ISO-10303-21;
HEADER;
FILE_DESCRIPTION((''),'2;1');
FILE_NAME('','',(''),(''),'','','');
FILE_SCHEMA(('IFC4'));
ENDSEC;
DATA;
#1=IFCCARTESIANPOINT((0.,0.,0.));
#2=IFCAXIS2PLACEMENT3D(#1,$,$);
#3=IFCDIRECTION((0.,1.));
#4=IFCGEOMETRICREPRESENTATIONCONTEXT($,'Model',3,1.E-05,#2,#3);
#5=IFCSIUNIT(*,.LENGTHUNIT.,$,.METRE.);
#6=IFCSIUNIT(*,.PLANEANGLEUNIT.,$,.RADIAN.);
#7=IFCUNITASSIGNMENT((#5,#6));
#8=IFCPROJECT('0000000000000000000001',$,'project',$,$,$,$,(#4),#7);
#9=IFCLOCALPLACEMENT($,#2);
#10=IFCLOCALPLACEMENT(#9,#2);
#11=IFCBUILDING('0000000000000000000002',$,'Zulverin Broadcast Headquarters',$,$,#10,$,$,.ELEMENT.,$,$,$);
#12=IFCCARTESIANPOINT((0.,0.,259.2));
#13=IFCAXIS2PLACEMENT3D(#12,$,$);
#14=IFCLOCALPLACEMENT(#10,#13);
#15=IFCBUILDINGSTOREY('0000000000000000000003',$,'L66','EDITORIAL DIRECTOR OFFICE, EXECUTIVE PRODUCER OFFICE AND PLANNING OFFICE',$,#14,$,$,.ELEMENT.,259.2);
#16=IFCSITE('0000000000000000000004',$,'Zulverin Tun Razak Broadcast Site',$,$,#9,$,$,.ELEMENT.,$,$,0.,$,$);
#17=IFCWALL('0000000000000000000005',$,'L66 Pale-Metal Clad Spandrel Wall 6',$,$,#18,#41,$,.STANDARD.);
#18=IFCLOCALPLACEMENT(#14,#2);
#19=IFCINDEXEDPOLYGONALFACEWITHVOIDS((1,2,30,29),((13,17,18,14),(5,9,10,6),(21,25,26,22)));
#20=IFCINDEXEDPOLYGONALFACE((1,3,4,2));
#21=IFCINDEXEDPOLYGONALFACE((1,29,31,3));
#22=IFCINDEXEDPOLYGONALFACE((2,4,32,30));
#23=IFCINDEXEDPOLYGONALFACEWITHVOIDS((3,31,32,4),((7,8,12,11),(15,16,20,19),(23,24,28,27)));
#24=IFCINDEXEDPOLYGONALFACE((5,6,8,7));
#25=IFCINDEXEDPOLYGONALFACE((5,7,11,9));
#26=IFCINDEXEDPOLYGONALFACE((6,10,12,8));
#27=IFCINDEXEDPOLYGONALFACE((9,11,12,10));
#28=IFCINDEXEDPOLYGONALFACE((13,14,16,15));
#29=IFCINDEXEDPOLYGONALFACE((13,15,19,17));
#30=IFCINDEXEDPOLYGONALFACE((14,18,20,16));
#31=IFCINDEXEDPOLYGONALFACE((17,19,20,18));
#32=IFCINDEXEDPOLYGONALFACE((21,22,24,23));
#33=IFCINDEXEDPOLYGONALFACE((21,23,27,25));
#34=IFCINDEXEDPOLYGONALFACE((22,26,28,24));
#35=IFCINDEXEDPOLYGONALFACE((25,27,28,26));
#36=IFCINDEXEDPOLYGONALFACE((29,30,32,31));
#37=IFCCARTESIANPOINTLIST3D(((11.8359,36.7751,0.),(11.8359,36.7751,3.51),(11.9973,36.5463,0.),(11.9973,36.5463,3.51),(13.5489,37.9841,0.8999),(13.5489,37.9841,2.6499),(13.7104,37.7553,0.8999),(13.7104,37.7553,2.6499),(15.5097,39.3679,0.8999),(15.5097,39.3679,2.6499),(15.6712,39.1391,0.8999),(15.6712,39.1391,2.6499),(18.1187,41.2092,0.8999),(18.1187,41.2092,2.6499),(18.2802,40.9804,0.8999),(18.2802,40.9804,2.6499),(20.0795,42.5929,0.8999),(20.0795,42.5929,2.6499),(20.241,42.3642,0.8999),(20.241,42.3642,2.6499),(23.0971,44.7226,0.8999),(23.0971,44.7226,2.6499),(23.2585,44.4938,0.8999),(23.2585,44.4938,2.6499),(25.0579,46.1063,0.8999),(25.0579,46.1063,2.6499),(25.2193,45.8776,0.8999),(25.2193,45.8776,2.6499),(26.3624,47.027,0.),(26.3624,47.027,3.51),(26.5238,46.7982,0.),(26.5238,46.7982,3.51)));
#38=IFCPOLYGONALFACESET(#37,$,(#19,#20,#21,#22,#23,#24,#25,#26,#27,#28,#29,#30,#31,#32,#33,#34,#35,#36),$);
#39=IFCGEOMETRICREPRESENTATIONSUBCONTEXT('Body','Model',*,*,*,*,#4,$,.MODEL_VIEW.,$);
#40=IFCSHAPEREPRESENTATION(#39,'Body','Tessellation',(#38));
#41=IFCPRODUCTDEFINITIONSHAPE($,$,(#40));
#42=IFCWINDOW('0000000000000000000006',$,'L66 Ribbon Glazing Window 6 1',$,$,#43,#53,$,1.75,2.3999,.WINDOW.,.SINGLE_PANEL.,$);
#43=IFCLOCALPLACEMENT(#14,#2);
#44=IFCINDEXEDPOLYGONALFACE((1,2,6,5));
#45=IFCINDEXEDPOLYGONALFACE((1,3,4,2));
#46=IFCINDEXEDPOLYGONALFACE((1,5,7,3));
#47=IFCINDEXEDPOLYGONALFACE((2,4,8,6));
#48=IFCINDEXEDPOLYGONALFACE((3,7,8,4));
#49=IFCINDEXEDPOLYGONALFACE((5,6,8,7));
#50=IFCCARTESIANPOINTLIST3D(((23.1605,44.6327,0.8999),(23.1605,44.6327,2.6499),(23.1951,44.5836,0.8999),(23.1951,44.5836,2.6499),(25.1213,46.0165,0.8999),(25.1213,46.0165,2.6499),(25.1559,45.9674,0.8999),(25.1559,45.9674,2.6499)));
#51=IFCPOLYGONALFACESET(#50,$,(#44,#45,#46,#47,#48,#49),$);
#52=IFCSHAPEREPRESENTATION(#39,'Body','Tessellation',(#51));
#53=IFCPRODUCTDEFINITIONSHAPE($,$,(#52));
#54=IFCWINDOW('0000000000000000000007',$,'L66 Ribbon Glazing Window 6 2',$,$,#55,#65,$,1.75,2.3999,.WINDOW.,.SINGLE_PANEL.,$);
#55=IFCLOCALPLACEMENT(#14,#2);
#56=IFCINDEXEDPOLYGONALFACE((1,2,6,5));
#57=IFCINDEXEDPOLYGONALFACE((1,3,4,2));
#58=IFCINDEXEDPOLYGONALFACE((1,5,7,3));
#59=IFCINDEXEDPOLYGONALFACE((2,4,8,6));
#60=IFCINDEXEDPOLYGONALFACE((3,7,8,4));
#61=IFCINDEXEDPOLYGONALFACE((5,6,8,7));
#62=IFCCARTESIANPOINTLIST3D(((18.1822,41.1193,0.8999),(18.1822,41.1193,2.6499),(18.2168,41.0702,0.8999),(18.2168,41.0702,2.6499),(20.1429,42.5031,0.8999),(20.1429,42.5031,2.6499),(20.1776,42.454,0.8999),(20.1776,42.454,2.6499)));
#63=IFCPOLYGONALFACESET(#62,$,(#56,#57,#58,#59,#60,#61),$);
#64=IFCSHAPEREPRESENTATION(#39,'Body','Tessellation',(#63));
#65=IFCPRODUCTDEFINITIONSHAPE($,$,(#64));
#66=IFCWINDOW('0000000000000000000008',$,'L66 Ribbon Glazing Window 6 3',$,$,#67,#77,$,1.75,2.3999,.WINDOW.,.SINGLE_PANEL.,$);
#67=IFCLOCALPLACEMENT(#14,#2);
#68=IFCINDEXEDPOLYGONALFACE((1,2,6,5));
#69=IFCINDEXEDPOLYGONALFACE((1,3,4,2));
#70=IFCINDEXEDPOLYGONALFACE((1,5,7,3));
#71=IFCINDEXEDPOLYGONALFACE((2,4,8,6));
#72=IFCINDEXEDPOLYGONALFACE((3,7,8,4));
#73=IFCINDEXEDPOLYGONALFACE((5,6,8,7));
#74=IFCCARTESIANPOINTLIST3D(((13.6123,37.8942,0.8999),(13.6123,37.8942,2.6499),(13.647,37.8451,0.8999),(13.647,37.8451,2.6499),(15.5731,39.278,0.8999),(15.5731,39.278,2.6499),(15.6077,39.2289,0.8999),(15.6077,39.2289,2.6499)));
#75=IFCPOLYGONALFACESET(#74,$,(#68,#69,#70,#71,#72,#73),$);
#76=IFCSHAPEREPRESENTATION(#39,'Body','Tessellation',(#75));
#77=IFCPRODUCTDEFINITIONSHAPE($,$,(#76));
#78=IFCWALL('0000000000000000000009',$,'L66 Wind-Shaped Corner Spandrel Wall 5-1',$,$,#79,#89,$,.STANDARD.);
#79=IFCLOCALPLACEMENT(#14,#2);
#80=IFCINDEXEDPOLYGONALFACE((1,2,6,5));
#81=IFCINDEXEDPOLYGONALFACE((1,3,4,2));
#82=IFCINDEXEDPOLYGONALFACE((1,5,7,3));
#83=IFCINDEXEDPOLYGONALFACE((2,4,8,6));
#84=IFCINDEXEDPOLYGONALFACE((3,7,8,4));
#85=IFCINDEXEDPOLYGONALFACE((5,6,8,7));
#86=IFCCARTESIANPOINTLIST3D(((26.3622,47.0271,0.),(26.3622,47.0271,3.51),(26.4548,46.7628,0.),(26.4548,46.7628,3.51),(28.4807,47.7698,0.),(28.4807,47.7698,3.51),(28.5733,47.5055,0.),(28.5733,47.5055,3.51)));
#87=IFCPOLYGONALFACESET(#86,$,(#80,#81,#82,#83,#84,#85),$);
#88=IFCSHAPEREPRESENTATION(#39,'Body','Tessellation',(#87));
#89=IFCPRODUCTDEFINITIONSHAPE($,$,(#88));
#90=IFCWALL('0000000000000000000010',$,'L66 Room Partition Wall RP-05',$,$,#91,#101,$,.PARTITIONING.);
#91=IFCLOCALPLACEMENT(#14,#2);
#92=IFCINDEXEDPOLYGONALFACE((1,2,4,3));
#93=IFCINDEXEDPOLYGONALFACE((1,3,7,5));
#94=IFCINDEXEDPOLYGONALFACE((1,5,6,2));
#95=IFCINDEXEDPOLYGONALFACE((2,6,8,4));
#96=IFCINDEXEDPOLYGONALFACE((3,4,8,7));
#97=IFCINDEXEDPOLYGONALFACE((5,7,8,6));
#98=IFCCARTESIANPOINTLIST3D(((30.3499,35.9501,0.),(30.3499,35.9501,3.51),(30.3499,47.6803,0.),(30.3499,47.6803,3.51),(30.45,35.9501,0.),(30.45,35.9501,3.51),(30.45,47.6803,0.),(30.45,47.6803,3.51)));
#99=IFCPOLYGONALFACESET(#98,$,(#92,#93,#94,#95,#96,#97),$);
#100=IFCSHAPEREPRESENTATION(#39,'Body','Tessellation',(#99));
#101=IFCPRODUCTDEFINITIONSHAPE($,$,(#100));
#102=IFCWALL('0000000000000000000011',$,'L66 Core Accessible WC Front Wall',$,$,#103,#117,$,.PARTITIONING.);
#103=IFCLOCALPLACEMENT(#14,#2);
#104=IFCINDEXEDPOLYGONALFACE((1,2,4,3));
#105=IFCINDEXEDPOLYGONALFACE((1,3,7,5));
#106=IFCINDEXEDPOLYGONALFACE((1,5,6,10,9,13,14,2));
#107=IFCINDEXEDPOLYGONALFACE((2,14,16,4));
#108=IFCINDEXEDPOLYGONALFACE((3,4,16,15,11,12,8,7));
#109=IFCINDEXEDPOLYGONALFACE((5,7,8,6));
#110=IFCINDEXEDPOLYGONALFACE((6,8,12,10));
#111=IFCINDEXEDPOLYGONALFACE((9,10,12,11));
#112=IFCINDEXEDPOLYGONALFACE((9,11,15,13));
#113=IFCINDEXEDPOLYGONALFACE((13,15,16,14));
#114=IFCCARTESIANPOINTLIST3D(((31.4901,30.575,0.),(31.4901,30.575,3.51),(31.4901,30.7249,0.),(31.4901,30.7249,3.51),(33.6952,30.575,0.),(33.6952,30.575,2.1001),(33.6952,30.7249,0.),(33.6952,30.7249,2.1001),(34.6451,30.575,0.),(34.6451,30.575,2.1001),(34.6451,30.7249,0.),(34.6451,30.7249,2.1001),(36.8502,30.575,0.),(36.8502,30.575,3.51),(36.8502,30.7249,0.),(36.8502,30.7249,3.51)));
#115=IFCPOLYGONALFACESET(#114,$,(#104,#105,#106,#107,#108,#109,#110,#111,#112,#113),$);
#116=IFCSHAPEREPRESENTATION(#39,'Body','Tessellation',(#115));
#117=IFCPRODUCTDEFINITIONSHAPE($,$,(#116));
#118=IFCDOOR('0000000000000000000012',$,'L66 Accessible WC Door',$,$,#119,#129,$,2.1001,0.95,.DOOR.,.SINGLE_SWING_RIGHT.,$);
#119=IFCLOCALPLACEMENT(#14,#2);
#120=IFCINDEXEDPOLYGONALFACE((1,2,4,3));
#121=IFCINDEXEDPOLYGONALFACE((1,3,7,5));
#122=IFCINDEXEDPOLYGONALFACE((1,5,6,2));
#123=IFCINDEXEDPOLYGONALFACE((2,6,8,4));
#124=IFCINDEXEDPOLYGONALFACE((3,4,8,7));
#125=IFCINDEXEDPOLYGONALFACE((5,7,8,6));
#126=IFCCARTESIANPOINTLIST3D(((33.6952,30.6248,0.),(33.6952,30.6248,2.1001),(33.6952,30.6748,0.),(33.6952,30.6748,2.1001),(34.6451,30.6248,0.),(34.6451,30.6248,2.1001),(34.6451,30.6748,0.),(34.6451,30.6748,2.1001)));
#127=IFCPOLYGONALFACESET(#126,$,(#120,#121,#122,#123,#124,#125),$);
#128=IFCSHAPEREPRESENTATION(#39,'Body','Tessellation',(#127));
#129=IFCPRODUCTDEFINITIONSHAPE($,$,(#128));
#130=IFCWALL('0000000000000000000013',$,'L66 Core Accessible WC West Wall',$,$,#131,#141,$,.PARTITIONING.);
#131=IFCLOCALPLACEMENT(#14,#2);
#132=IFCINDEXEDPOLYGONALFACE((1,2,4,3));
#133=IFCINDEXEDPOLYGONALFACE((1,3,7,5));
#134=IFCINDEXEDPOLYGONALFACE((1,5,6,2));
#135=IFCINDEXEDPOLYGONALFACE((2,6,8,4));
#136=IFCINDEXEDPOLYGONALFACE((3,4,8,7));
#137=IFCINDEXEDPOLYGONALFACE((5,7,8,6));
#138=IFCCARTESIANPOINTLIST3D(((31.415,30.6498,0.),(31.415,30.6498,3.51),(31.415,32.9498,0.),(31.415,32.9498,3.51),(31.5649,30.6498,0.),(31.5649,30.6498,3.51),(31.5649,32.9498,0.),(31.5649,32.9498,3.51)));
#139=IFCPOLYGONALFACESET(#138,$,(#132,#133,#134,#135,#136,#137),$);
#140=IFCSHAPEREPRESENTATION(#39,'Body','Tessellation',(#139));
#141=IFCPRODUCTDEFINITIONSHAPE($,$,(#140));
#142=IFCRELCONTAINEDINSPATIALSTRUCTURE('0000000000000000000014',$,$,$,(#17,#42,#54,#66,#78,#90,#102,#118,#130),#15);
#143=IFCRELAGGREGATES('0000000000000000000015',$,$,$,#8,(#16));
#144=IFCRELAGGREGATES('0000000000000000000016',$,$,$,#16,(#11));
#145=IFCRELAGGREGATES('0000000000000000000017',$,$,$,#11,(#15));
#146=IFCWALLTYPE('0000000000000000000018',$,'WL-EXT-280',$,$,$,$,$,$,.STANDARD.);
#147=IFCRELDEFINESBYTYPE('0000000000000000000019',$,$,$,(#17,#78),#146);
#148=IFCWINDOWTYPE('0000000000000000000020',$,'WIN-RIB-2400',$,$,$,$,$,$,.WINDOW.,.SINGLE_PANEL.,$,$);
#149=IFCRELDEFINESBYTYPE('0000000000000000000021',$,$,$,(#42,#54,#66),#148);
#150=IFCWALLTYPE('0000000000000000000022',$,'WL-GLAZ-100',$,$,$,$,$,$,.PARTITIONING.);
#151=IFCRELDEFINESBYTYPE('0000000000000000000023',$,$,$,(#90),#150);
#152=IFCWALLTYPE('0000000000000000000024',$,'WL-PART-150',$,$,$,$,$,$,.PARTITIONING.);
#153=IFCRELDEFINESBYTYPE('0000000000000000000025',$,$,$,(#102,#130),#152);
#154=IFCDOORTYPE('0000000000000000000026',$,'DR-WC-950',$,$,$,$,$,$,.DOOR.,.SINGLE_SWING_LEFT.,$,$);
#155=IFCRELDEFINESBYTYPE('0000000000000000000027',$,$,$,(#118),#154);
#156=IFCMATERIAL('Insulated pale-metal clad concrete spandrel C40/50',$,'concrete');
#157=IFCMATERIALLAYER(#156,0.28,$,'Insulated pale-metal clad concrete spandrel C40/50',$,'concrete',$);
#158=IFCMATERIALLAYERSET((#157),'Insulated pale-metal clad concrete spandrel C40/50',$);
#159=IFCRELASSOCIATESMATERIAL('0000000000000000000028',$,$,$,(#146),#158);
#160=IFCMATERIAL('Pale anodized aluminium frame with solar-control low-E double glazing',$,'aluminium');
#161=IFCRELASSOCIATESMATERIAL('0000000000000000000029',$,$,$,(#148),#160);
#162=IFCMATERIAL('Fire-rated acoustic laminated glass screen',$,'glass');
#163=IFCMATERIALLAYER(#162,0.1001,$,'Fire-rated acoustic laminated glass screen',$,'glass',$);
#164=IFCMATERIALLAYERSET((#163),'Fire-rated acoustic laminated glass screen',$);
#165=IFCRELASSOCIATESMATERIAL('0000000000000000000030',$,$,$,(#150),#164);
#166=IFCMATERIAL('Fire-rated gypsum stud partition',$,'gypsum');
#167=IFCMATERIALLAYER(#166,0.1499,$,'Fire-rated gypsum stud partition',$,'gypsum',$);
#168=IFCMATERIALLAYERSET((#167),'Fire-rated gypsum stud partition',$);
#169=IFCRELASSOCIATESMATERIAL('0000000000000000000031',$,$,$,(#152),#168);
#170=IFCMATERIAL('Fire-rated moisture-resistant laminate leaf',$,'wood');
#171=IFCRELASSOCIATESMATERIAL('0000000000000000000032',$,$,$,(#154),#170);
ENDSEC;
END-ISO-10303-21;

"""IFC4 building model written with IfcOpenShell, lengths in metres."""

from ifc_helpers import new_model, si_unit, direction, frame, frame_2d, origin, place, context, subcontext, project, spatial, rectangle, extrude, material, layer, layer_set, type_object, element, fill, save


model = new_model("IFC4")

# Units and contexts
model_context = context("Model", 3, precision=1e-05, world=origin(), true_north=direction((0.0, 1.0)))
body_context = subcontext(model_context, "Body", "Model", "MODEL_VIEW")
ifc_project = project(units=[si_unit("LENGTHUNIT", "METRE"), si_unit("PLANEANGLEUNIT", "RADIAN")], contexts=[model_context])

# Site, building, storey
site_placement = place(None, origin())
site = spatial("IfcSite", under=ifc_project, at=site_placement, Name="Zulverin Tun Razak Broadcast Site", CompositionType="ELEMENT", RefElevation=0.0)
building_placement = place(site_placement, origin())
building = spatial("IfcBuilding", under=site, at=building_placement, Name="Zulverin Broadcast Headquarters", CompositionType="ELEMENT")
storey_placement = place(building_placement, frame((0.0, 0.0, 259.2)))
storey = spatial("IfcBuildingStorey", under=building, at=storey_placement, Name="L66", Description="EDITORIAL DIRECTOR OFFICE, EXECUTIVE PRODUCER OFFICE AND PLANNING OFFICE", CompositionType="ELEMENT", Elevation=259.2)

# Wall, openings, windows
ifc_material_1 = material(Name="Insulated pale-metal clad concrete spandrel C40/50", Category="concrete")
ifc_layer_1 = layer(ifc_material_1, 0.28, Name="Insulated pale-metal clad concrete spandrel C40/50", Category="concrete")
ifc_layer_set_1 = layer_set([ifc_layer_1], Name="Insulated pale-metal clad concrete spandrel C40/50")
wall_type_1 = type_object("IfcWallType", Name="WL-EXT-280", PredefinedType="STANDARD", material=ifc_layer_set_1)
wall_1_placement = place(storey_placement, frame((26.4431, 46.9126, 0.0), z_axis=(0.0, 0.0, 1.0), x_axis=(-0.817024, -0.576603, 0.0)))
wall_1 = element("IfcWall", 1, at=wall_1_placement, inside=storey, type_object=wall_type_1, Name="L66 Pale-Metal Clad Spandrel Wall 6", PredefinedType="STANDARD", context=body_context, shape_type="SweptSolid", body=[
    extrude(rectangle(XDim=17.7798, YDim=0.28, at=frame_2d((8.8899, 0.0))), origin(), (0.0, 0.0, 1.0), 3.51),
])
opening_1_placement = place(wall_1_placement, frame((1.5967, 0.0, 0.8999)))
opening_1 = element("IfcOpeningElement", 2, at=opening_1_placement, cuts=wall_1, PredefinedType="OPENING", context=body_context, shape_type="SweptSolid", body=[
    extrude(rectangle(XDim=2.3999, YDim=1.75, at=frame_2d((1.2, 0.875))), frame((0.0, 0.1499, 0.0), z_axis=(0.0, -1.0, 0.0), x_axis=(1.0, 0.0, 0.0)), (0.0, 0.0, 1.0), 0.3),
])
opening_2_placement = place(wall_1_placement, frame((7.6899, 0.0, 0.8999)))
opening_2 = element("IfcOpeningElement", 3, at=opening_2_placement, cuts=wall_1, PredefinedType="OPENING", context=body_context, shape_type="SweptSolid", body=[
    extrude(rectangle(XDim=2.3999, YDim=1.75, at=frame_2d((1.2, 0.875))), frame((0.0, 0.1499, 0.0), z_axis=(0.0, -1.0, 0.0), x_axis=(1.0, 0.0, 0.0)), (0.0, 0.0, 1.0), 0.3),
])
opening_3_placement = place(wall_1_placement, frame((13.2832, 0.0, 0.8999)))
opening_3 = element("IfcOpeningElement", 4, at=opening_3_placement, cuts=wall_1, PredefinedType="OPENING", context=body_context, shape_type="SweptSolid", body=[
    extrude(rectangle(XDim=2.3999, YDim=1.75, at=frame_2d((1.2, 0.875))), frame((0.0, 0.1499, 0.0), z_axis=(0.0, -1.0, 0.0), x_axis=(1.0, 0.0, 0.0)), (0.0, 0.0, 1.0), 0.3),
])
ifc_material_2 = material(Name="Pale anodized aluminium frame with solar-control low-E double glazing", Category="aluminium")
window_type = type_object("IfcWindowType", Name="WIN-RIB-2400", PartitioningType="SINGLE_PANEL", PredefinedType="WINDOW", material=ifc_material_2)
window_1_placement = place(opening_1_placement, origin())
window_1 = element("IfcWindow", 5, at=window_1_placement, inside=storey, type_object=window_type, Name="L66 Ribbon Glazing Window 6 1", OverallHeight=1.75, OverallWidth=2.3999, PartitioningType="SINGLE_PANEL", PredefinedType="WINDOW", context=body_context, shape_type="SweptSolid", body=[
    extrude(rectangle(XDim=2.3999, YDim=1.75, at=frame_2d((1.2, 0.875))), frame((0.0, 0.03, 0.0), z_axis=(0.0, -1.0, 0.0), x_axis=(1.0, 0.0, 0.0)), (0.0, 0.0, 1.0), 0.0601),
])
fill(opening_1, window_1)
window_2_placement = place(opening_2_placement, origin())
window_2 = element("IfcWindow", 6, at=window_2_placement, inside=storey, type_object=window_type, Name="L66 Ribbon Glazing Window 6 2", OverallHeight=1.75, OverallWidth=2.3999, PartitioningType="SINGLE_PANEL", PredefinedType="WINDOW", context=body_context, shape_type="SweptSolid", body=[
    extrude(rectangle(XDim=2.3999, YDim=1.75, at=frame_2d((1.2, 0.875))), frame((0.0, 0.03, 0.0), z_axis=(0.0, -1.0, 0.0), x_axis=(1.0, 0.0, 0.0)), (0.0, 0.0, 1.0), 0.0601),
])
fill(opening_2, window_2)
window_3_placement = place(opening_3_placement, origin())
window_3 = element("IfcWindow", 7, at=window_3_placement, inside=storey, type_object=window_type, Name="L66 Ribbon Glazing Window 6 3", OverallHeight=1.75, OverallWidth=2.3999, PartitioningType="SINGLE_PANEL", PredefinedType="WINDOW", context=body_context, shape_type="SweptSolid", body=[
    extrude(rectangle(XDim=2.3999, YDim=1.75, at=frame_2d((1.2, 0.875))), frame((0.0, 0.03, 0.0), z_axis=(0.0, -1.0, 0.0), x_axis=(1.0, 0.0, 0.0)), (0.0, 0.0, 1.0), 0.0601),
])
fill(opening_3, window_3)

# Walls
wall_2_placement = place(storey_placement, frame((28.5271, 47.6377, 0.0), z_axis=(0.0, 0.0, 1.0), x_axis=(-0.943687, -0.33084, 0.0)))
element("IfcWall", 8, at=wall_2_placement, inside=storey, type_object=wall_type_1, Name="L66 Wind-Shaped Corner Spandrel Wall 5-1", PredefinedType="STANDARD", context=body_context, shape_type="SweptSolid", body=[
    extrude(rectangle(XDim=2.2449, YDim=0.28, at=frame_2d((1.1226, 0.0))), origin(), (0.0, 0.0, 1.0), 3.51),
])
ifc_material_3 = material(Name="Fire-rated acoustic laminated glass screen", Category="glass")
ifc_layer_2 = layer(ifc_material_3, 0.1001, Name="Fire-rated acoustic laminated glass screen", Category="glass")
ifc_layer_set_2 = layer_set([ifc_layer_2], Name="Fire-rated acoustic laminated glass screen")
wall_type_2 = type_object("IfcWallType", Name="WL-GLAZ-100", PredefinedType="PARTITIONING", material=ifc_layer_set_2)
wall_3_placement = place(storey_placement, frame((30.3999, 35.95, 0.0), z_axis=(0.0, 0.0, 1.0), x_axis=(0.0, 1.0, 0.0)))
element("IfcWall", 9, at=wall_3_placement, inside=storey, type_object=wall_type_2, Name="L66 Room Partition Wall RP-05", PredefinedType="PARTITIONING", context=body_context, shape_type="SweptSolid", body=[
    extrude(rectangle(XDim=11.7302, YDim=0.1001, at=frame_2d((5.8652, 0.0))), origin(), (0.0, 0.0, 1.0), 3.51),
])

# Wall, opening, door
ifc_material_4 = material(Name="Fire-rated gypsum stud partition", Category="gypsum")
ifc_layer_3 = layer(ifc_material_4, 0.1499, Name="Fire-rated gypsum stud partition", Category="gypsum")
ifc_layer_set_3 = layer_set([ifc_layer_3], Name="Fire-rated gypsum stud partition")
wall_type_3 = type_object("IfcWallType", Name="WL-PART-150", PredefinedType="PARTITIONING", material=ifc_layer_set_3)
wall_4_placement = place(storey_placement, frame((31.49, 30.6499, 0.0), z_axis=(0.0, 0.0, 1.0), x_axis=(1.0, 0.0, 0.0)))
wall_4 = element("IfcWall", 10, at=wall_4_placement, inside=storey, type_object=wall_type_3, Name="L66 Core Accessible WC Front Wall", PredefinedType="PARTITIONING", context=body_context, shape_type="SweptSolid", body=[
    extrude(rectangle(XDim=5.3601, YDim=0.1499, at=frame_2d((2.6802, 0.0))), origin(), (0.0, 0.0, 1.0), 3.51),
])
opening_4_placement = place(wall_4_placement, frame((2.2051, 0.0, 0.0)))
opening_4 = element("IfcOpeningElement", 11, at=opening_4_placement, cuts=wall_4, PredefinedType="OPENING", context=body_context, shape_type="SweptSolid", body=[
    extrude(rectangle(XDim=0.95, YDim=2.1001, at=frame_2d((0.4751, 1.05))), frame((0.0, 0.085, 0.0), z_axis=(0.0, -1.0, 0.0), x_axis=(1.0, 0.0, 0.0)), (0.0, 0.0, 1.0), 0.1699),
])
ifc_material_5 = material(Name="Fire-rated moisture-resistant laminate leaf", Category="wood")
door_type = type_object("IfcDoorType", Name="DR-WC-950", OperationType="SINGLE_SWING_LEFT", PredefinedType="DOOR", material=ifc_material_5)
door_placement = place(opening_4_placement, origin())
door = element("IfcDoor", 12, at=door_placement, inside=storey, type_object=door_type, Name="L66 Accessible WC Door", OperationType="SINGLE_SWING_RIGHT", OverallHeight=2.1001, OverallWidth=0.95, PredefinedType="DOOR", context=body_context, shape_type="SweptSolid", body=[
    extrude(rectangle(XDim=0.95, YDim=2.1001, at=frame_2d((0.4751, 1.05))), frame((0.0, 0.0249, 0.0), z_axis=(0.0, -1.0, 0.0), x_axis=(1.0, 0.0, 0.0)), (0.0, 0.0, 1.0), 0.05),
])
fill(opening_4, door)

# Wall
wall_5_placement = place(storey_placement, frame((31.49, 30.6499, 0.0), z_axis=(0.0, 0.0, 1.0), x_axis=(0.0, 1.0, 0.0)))
element("IfcWall", 13, at=wall_5_placement, inside=storey, type_object=wall_type_3, Name="L66 Core Accessible WC West Wall", PredefinedType="PARTITIONING", context=body_context, shape_type="SweptSolid", body=[
    extrude(rectangle(XDim=2.3, YDim=0.1499, at=frame_2d((1.1499, 0.0))), origin(), (0.0, 0.0, 1.0), 3.51),
])

save(model, "model.ifc")
